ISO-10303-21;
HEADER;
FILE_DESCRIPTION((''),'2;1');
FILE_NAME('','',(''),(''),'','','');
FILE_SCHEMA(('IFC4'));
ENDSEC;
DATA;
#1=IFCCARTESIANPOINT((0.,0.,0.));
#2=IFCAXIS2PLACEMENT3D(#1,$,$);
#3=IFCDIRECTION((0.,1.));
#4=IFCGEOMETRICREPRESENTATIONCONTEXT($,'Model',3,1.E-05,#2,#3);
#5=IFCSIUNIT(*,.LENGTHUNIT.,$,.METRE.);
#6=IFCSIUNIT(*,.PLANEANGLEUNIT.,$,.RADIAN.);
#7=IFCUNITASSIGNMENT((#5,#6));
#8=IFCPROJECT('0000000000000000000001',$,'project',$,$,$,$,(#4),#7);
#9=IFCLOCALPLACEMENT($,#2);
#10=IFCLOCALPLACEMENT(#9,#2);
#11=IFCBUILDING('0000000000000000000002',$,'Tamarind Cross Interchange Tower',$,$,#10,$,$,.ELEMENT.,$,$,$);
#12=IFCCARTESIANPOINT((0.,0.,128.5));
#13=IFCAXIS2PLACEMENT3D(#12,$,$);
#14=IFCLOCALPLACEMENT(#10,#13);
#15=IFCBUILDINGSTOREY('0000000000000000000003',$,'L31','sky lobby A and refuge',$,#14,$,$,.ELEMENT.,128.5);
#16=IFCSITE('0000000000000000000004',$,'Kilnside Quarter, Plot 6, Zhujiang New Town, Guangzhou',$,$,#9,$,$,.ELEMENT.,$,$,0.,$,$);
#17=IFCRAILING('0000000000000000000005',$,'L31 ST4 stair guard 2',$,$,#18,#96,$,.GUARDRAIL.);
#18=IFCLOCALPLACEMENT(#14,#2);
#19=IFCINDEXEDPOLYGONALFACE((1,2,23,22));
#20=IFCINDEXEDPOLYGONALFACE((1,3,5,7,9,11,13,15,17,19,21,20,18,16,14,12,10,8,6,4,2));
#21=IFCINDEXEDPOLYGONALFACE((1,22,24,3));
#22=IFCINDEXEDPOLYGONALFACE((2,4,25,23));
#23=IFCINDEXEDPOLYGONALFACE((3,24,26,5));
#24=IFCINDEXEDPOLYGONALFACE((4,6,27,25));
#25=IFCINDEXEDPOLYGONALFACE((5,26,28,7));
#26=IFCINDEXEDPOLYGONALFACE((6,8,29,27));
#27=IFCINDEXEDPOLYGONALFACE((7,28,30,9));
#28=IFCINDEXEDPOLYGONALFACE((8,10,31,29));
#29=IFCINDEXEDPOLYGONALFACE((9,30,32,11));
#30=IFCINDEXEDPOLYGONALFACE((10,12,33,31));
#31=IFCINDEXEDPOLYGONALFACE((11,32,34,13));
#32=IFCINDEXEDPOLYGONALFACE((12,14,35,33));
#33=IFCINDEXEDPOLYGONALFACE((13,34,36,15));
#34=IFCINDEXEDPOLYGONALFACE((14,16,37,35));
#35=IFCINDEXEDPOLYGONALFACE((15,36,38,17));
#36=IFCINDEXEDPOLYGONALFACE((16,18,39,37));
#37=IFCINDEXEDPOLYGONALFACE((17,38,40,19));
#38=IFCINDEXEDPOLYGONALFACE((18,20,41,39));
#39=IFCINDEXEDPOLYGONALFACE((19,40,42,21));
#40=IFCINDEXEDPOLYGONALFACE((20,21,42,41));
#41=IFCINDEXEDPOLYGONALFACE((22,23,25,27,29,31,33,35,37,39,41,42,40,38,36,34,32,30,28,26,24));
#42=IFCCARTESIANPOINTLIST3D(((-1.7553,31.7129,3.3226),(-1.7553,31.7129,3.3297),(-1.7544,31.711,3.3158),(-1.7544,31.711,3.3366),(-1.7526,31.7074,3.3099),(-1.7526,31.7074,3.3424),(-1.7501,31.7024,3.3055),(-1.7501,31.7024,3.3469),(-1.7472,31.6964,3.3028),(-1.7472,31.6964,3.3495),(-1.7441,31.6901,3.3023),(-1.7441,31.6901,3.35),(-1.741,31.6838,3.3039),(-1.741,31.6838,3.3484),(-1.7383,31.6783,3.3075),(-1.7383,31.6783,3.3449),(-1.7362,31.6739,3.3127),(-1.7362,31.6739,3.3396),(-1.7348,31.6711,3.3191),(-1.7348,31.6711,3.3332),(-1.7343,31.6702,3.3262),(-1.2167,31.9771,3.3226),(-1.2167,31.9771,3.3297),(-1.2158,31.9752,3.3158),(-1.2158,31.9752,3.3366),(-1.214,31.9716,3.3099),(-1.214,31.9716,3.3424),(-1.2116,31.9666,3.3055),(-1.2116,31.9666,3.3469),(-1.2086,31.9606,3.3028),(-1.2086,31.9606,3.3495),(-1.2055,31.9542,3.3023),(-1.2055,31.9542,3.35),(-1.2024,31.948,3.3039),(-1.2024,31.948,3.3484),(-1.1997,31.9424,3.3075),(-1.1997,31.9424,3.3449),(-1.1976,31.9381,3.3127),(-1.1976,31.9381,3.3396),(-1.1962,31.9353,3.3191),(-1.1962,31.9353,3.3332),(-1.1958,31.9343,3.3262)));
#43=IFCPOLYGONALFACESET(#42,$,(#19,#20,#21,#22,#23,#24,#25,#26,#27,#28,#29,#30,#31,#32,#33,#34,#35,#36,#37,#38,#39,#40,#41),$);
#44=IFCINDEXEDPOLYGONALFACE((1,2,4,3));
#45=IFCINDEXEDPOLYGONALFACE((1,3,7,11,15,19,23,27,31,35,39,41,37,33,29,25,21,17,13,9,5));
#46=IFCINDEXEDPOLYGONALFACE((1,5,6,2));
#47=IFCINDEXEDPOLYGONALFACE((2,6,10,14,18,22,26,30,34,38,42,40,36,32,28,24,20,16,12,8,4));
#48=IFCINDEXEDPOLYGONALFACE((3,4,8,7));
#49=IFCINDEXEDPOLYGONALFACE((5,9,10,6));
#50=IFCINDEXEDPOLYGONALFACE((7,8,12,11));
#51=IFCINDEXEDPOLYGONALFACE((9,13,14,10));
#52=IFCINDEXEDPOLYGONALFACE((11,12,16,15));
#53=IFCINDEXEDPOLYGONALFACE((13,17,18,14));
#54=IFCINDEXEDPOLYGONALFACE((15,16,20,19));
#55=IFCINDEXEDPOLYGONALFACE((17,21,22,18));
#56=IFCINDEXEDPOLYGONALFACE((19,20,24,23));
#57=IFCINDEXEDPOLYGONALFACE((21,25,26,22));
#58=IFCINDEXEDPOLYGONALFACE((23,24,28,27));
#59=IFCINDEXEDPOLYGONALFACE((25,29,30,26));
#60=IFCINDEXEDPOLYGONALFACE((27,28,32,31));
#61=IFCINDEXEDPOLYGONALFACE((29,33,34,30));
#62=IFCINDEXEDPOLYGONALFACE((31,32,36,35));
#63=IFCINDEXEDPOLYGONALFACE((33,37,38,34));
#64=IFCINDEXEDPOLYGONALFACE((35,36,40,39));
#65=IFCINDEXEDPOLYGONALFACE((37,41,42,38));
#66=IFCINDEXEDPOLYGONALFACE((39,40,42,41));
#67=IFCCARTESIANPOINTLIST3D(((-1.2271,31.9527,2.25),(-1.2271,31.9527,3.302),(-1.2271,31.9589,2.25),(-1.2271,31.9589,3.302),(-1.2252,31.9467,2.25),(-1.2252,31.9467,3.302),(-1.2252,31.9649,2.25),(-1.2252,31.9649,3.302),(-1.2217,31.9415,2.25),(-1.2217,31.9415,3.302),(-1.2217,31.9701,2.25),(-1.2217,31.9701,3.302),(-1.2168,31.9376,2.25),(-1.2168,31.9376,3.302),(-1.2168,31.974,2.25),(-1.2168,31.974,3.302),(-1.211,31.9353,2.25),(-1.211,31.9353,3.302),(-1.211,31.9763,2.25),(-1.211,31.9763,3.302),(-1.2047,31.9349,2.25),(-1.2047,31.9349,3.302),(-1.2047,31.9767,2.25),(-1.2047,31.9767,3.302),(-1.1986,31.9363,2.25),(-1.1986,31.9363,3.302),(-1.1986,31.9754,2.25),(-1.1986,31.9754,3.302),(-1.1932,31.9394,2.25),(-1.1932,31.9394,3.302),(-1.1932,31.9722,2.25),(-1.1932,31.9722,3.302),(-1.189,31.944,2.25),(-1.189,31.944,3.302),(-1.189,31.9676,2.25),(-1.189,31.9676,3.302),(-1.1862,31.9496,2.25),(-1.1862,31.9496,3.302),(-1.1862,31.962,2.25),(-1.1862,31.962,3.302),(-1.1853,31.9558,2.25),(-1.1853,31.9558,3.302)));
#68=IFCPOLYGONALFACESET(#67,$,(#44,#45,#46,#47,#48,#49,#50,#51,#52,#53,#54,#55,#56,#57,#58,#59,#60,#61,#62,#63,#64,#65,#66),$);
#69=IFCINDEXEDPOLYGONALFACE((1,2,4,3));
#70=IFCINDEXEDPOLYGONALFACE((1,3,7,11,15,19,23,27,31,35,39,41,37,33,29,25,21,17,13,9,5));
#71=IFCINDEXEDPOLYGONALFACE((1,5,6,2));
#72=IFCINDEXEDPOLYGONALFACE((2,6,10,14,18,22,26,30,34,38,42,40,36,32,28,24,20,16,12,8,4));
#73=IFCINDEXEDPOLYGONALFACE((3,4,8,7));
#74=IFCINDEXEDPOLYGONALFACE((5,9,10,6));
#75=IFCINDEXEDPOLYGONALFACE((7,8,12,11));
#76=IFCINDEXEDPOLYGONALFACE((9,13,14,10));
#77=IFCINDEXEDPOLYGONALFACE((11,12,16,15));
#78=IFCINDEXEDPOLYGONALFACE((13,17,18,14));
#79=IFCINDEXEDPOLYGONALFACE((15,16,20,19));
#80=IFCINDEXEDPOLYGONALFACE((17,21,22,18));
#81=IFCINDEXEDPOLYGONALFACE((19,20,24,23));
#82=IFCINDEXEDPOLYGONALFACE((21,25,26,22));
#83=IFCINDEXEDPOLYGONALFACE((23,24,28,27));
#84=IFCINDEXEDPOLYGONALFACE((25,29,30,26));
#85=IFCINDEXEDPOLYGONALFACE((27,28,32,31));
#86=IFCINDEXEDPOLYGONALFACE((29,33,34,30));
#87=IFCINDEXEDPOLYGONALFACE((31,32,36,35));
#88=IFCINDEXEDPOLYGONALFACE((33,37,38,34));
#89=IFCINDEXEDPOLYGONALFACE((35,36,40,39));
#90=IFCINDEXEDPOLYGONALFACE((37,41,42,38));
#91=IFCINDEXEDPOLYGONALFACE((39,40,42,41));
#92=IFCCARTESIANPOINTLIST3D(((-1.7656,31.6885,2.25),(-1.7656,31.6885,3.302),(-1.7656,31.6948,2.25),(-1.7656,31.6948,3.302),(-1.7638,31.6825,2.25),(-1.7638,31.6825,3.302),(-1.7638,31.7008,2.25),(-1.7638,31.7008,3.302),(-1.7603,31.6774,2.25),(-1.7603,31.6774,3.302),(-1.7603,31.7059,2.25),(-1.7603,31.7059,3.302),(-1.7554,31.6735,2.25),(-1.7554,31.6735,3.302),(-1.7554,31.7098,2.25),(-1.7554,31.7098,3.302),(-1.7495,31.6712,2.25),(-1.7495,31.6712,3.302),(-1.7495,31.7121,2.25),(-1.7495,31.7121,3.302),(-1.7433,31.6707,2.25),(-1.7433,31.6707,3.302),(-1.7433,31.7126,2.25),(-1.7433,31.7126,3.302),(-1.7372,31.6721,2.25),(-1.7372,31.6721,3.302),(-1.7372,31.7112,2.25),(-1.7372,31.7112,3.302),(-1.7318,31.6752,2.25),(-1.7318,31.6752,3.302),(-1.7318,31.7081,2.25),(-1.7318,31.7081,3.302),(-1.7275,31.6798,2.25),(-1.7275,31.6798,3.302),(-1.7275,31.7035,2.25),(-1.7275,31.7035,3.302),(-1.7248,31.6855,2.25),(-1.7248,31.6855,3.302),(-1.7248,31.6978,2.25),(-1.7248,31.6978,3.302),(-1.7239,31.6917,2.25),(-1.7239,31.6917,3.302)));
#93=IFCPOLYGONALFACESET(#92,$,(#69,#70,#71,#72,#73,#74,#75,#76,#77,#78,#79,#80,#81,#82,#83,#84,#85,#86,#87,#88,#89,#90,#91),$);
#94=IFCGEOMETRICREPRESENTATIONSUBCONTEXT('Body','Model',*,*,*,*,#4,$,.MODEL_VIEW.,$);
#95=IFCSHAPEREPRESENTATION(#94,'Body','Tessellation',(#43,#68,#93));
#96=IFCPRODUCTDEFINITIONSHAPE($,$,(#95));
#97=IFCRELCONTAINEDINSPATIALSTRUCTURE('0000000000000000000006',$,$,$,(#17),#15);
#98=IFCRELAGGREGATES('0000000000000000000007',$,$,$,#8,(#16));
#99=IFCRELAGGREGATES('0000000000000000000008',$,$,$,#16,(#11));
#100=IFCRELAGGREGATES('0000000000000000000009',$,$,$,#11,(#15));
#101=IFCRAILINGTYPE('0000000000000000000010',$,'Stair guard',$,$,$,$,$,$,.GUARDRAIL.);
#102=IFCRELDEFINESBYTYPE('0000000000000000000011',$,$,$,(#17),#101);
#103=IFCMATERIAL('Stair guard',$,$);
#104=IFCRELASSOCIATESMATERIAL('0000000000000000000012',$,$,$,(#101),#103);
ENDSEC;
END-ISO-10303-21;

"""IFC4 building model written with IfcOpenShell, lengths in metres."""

from ifc_helpers import new_model, si_unit, direction, frame, origin, origin_2d, place, context, subcontext, project, spatial, circle, extrude, material, type_object, element, save


model = new_model("IFC4")

# Units and contexts
model_context = context("Model", 3, precision=1e-05, world=origin(), true_north=direction((0.0, 1.0)))
body_context = subcontext(model_context, "Body", "Model", "MODEL_VIEW")
ifc_project = project(units=[si_unit("LENGTHUNIT", "METRE"), si_unit("PLANEANGLEUNIT", "RADIAN")], contexts=[model_context])

# Site, building, storey
site_placement = place(None, origin())
site = spatial("IfcSite", under=ifc_project, at=site_placement, Name="Kilnside Quarter, Plot 6, Zhujiang New Town, Guangzhou", CompositionType="ELEMENT", RefElevation=0.0)
building_placement = place(site_placement, origin())
building = spatial("IfcBuilding", under=site, at=building_placement, Name="Tamarind Cross Interchange Tower", CompositionType="ELEMENT")
storey_placement = place(building_placement, frame((0.0, 0.0, 128.5)))
storey = spatial("IfcBuildingStorey", under=building, at=storey_placement, Name="L31", Description="sky lobby A and refuge", CompositionType="ELEMENT", Elevation=128.5)

# Railing
ifc_material_1 = material(Name="Stair guard")
railing_type_1 = type_object("IfcRailingType", Name="Stair guard", PredefinedType="GUARDRAIL", material=ifc_material_1)
railing_1_placement = place(storey_placement, frame((-1.2063, 31.9558, 2.25)))
element("IfcRailing", 1, at=railing_1_placement, inside=storey, type_object=railing_type_1, Name="L31 ST4 stair guard 2", PredefinedType="GUARDRAIL", context=body_context, shape_type="SweptSolid", body=[
    extrude(circle(Radius=0.0239, at=origin_2d()), frame((0.0, 0.0, 1.0762), z_axis=(-0.89782, -0.440363, 0.0), x_axis=(0.440363, -0.89782, 0.0)), (0.0, 0.0, 1.0), 0.5999),
    extrude(circle(Radius=0.021, at=origin_2d()), origin(), (0.0, 0.0, 1.0), 1.052),
    extrude(circle(Radius=0.021, at=origin_2d()), frame((-0.5386, -0.2642, 0.0)), (0.0, 0.0, 1.0), 1.052),
])

save(model, "model.ifc")
